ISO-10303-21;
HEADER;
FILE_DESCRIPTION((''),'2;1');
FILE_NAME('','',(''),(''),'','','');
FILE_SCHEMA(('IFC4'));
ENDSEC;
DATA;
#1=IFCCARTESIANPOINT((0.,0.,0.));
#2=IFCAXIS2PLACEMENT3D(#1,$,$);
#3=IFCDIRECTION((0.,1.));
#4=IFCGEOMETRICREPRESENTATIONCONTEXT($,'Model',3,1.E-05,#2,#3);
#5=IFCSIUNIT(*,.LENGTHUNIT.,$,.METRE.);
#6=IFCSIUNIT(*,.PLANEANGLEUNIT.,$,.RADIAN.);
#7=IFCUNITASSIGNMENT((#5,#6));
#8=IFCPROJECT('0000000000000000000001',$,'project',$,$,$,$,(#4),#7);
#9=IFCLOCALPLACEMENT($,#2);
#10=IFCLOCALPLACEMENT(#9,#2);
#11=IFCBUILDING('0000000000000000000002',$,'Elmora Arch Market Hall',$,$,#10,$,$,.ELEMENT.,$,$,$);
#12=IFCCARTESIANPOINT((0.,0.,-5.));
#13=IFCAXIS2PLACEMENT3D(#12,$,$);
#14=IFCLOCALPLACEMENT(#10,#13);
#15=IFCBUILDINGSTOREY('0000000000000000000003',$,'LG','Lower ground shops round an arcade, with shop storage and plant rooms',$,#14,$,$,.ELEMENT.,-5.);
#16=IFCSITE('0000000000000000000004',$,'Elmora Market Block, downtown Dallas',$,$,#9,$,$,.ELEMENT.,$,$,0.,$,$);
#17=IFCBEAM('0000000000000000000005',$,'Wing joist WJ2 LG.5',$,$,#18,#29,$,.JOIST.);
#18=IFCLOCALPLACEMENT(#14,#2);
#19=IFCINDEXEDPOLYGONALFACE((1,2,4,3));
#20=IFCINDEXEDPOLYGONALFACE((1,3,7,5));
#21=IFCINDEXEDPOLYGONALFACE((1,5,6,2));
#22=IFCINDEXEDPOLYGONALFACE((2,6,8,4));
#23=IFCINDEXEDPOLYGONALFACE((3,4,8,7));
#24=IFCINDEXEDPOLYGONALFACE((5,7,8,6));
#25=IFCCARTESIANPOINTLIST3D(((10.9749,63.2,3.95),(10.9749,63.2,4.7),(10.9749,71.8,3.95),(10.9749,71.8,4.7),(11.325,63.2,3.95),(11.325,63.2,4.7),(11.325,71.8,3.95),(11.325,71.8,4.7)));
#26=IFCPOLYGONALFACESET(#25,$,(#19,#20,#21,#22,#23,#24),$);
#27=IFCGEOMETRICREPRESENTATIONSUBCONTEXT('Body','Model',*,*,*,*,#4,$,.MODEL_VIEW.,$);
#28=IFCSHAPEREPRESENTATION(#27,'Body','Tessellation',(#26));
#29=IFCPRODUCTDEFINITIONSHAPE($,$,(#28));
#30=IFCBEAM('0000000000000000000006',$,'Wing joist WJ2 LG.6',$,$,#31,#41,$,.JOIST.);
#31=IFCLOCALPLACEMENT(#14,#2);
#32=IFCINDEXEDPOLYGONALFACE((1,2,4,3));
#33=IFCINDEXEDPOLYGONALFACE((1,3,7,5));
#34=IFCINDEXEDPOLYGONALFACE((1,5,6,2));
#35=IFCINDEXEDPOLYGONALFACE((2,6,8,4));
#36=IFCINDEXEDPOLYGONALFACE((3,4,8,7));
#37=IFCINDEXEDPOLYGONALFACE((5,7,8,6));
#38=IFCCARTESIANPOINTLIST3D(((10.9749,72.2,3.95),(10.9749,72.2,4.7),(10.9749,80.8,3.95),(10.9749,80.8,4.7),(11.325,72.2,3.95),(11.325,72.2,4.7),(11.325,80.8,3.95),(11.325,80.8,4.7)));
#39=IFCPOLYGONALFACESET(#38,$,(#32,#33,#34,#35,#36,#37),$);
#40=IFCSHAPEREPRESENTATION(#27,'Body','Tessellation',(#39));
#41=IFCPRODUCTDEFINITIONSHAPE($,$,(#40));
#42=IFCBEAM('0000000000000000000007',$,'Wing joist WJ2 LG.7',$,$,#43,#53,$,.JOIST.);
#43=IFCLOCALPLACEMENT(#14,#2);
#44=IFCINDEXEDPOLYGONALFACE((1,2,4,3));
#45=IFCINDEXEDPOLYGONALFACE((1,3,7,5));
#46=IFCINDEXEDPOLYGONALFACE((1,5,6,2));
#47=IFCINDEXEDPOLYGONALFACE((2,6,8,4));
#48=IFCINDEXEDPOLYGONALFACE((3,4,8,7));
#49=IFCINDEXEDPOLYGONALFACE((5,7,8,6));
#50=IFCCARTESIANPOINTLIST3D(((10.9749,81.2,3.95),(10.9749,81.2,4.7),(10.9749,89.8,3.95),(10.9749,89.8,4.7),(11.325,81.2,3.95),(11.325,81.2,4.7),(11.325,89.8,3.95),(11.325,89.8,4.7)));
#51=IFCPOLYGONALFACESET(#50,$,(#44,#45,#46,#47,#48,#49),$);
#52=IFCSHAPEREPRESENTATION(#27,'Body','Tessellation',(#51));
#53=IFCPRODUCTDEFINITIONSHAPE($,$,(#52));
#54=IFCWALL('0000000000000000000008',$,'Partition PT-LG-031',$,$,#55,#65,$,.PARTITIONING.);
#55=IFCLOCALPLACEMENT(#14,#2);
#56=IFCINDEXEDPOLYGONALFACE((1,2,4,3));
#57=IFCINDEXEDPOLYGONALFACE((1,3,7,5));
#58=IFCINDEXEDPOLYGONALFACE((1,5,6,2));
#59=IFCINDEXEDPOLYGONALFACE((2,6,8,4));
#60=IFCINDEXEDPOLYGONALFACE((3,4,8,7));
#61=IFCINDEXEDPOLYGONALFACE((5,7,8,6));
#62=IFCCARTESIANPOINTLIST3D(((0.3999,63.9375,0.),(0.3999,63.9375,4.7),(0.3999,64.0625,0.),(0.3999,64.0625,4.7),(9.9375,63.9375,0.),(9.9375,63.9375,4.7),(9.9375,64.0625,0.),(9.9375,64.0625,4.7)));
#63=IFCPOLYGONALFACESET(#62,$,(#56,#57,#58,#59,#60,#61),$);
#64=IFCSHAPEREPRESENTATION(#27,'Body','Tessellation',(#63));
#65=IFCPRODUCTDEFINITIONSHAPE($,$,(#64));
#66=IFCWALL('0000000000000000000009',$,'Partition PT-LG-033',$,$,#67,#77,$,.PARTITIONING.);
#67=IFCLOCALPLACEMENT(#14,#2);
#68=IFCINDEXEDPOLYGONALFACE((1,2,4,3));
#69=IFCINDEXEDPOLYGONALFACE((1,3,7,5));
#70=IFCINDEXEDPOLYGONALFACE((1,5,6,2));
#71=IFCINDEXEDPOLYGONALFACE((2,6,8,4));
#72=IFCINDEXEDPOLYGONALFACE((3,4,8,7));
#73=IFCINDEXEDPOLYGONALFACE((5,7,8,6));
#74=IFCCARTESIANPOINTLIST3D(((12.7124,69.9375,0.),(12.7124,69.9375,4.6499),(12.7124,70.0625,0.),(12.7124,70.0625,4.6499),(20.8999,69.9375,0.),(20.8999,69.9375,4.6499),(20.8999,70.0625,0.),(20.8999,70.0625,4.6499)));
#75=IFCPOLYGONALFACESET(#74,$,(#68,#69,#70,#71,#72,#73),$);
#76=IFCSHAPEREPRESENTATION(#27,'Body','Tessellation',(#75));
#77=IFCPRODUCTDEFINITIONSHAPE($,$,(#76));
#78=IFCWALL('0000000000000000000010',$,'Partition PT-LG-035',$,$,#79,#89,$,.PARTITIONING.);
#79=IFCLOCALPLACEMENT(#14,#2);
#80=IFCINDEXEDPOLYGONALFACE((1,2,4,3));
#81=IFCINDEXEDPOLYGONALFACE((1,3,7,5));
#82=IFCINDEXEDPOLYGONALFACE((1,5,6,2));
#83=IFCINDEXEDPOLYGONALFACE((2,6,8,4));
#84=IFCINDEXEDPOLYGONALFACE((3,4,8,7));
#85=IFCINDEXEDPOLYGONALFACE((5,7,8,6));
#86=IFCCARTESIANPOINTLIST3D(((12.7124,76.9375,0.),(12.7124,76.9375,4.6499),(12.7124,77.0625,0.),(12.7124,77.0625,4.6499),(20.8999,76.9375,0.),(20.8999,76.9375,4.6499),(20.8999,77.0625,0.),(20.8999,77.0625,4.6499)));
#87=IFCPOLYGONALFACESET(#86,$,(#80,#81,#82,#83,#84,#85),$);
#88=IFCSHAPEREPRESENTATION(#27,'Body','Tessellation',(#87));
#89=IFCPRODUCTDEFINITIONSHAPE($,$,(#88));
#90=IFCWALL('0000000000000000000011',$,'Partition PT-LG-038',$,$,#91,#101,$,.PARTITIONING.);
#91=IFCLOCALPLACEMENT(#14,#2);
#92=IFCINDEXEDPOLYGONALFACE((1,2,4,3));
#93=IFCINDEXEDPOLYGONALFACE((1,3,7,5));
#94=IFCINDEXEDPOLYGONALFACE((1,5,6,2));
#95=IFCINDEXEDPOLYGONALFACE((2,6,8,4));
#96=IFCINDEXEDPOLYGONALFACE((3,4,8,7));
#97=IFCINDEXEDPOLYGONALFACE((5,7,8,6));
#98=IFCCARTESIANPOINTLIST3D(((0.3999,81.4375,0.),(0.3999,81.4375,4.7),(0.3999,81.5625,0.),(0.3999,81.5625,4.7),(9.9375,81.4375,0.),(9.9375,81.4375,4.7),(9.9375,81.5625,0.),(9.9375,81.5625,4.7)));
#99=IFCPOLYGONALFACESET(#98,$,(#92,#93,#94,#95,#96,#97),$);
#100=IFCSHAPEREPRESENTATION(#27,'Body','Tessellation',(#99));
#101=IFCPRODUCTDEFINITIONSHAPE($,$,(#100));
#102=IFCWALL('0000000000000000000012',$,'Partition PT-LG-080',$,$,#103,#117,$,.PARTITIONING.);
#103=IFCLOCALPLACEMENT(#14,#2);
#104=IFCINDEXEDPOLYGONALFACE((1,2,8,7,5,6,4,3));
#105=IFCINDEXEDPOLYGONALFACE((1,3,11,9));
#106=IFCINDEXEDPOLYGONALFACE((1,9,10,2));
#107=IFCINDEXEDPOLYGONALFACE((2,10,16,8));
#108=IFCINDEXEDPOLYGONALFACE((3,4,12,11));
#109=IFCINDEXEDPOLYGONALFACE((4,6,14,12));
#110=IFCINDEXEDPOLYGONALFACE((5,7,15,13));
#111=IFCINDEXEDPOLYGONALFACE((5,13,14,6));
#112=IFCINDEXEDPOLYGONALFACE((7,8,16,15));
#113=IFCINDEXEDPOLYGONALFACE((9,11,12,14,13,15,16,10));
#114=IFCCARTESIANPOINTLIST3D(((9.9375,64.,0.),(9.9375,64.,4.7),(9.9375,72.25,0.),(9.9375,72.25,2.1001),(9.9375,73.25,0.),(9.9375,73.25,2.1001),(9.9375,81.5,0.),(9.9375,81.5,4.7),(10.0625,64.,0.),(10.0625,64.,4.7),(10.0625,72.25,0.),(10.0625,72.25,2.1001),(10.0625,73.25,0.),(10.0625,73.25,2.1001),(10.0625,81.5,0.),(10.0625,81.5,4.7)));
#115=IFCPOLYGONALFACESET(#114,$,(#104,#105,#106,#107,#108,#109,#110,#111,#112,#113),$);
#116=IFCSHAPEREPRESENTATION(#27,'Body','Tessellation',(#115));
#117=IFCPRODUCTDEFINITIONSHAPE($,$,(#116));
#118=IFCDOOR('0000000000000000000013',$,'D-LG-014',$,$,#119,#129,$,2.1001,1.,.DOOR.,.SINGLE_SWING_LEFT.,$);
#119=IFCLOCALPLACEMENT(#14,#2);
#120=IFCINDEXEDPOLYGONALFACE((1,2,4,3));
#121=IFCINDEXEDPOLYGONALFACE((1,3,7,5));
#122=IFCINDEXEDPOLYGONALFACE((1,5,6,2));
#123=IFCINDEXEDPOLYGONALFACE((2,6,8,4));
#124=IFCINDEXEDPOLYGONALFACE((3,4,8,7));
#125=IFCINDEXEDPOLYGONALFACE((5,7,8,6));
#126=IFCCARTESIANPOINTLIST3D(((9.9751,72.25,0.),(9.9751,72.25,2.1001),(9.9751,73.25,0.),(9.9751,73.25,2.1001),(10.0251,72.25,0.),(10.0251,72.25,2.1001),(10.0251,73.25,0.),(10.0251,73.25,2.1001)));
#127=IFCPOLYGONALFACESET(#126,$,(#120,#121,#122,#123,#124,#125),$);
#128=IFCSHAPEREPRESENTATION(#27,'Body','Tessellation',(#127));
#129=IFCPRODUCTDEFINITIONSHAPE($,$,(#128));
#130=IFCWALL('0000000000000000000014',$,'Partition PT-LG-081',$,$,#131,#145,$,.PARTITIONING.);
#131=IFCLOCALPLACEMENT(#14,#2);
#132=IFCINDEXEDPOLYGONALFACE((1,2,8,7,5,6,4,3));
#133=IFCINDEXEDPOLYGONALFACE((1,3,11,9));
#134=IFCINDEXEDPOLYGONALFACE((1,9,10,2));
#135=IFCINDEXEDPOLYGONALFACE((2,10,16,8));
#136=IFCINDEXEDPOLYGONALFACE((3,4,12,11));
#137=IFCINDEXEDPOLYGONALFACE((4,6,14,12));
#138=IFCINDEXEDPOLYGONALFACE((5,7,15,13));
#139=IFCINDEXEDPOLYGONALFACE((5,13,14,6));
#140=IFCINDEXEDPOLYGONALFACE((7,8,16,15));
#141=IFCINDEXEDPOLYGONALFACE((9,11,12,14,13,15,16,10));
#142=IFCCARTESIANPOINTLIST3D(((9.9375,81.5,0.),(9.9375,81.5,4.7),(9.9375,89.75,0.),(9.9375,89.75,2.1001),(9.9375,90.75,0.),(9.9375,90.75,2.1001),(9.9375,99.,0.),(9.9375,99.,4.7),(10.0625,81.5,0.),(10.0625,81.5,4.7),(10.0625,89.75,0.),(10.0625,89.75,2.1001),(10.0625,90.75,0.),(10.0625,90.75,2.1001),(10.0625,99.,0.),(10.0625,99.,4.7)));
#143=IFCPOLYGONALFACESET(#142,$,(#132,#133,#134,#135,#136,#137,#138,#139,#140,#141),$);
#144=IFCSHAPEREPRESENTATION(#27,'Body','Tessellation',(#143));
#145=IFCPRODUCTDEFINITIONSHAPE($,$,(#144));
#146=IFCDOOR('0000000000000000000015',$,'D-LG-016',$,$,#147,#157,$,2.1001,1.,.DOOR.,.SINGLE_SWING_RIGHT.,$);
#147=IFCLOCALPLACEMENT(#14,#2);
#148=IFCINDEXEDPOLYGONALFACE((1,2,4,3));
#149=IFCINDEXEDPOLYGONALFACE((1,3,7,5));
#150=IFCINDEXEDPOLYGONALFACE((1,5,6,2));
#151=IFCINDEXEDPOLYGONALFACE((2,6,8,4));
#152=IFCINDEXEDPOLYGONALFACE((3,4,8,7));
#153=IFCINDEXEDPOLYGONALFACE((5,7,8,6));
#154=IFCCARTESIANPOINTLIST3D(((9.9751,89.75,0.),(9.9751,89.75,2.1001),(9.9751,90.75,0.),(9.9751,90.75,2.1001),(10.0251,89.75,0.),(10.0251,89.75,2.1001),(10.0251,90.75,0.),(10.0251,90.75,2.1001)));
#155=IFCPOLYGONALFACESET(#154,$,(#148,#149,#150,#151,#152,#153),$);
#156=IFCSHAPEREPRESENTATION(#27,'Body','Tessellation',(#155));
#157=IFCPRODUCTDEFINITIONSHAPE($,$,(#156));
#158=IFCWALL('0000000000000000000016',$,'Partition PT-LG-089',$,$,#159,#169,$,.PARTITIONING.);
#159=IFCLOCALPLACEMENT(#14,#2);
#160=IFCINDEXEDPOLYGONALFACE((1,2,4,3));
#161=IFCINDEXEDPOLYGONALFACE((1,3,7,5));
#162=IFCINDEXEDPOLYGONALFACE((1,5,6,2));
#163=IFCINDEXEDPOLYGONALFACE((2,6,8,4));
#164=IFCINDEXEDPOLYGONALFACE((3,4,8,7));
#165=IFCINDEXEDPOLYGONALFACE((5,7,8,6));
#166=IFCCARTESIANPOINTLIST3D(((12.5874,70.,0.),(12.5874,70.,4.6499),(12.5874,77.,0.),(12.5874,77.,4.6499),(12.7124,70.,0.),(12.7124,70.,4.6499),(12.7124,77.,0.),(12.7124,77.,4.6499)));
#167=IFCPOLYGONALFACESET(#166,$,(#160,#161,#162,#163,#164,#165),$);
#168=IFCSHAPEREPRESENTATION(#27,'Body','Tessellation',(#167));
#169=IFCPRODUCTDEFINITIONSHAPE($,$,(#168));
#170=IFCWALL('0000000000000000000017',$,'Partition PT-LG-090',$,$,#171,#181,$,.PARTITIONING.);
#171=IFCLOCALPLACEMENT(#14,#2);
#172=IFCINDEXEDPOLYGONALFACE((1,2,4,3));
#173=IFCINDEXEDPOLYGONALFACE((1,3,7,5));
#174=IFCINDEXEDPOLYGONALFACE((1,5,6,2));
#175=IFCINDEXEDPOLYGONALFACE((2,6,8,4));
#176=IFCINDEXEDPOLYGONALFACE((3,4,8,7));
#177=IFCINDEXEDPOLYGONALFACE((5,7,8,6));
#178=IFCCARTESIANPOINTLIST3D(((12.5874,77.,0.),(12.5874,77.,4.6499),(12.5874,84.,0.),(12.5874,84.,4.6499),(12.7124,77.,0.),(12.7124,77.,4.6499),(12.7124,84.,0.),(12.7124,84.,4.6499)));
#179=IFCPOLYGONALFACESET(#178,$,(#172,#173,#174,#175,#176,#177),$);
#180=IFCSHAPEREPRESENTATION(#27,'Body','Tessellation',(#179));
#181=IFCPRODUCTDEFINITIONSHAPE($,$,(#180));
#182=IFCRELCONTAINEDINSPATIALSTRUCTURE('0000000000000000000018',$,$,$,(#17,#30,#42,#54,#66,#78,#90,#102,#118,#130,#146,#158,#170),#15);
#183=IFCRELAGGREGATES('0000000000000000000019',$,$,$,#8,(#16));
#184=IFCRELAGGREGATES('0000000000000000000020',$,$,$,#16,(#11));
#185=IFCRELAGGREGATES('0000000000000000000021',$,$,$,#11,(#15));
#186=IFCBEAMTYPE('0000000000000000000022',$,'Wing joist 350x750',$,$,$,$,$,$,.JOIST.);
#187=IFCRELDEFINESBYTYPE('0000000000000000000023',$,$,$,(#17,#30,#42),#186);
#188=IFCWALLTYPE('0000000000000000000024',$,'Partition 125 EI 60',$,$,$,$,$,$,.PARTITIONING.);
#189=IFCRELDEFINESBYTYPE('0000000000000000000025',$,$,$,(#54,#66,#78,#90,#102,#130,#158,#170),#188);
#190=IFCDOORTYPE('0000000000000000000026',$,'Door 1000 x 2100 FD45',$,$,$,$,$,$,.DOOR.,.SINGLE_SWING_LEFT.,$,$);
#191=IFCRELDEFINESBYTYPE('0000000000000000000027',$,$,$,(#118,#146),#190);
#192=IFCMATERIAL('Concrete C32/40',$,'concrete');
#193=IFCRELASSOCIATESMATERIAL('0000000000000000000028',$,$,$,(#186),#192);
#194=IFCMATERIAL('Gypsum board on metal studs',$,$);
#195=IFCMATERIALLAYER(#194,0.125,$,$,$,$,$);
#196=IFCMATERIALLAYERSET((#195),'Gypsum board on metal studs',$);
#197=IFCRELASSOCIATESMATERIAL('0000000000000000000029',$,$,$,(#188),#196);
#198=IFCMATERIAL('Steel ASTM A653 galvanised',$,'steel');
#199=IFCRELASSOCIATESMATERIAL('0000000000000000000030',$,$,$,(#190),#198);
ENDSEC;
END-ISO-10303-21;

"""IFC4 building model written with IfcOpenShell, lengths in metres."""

from ifc_helpers import new_model, si_unit, direction, frame, frame_2d, origin, origin_2d, place, context, subcontext, project, spatial, rectangle, extrude, material, layer, layer_set, material_profile, profile_set, type_object, element, fill, save


model = new_model("IFC4")

# Units and contexts
model_context = context("Model", 3, precision=1e-05, world=origin(), true_north=direction((0.0, 1.0)))
body_context = subcontext(model_context, "Body", "Model", "MODEL_VIEW")
ifc_project = project(units=[si_unit("LENGTHUNIT", "METRE"), si_unit("PLANEANGLEUNIT", "RADIAN")], contexts=[model_context])

# Site, building, storey
site_placement = place(None, origin())
site = spatial("IfcSite", under=ifc_project, at=site_placement, Name="Elmora Market Block, downtown Dallas", CompositionType="ELEMENT", RefElevation=0.0)
building_placement = place(site_placement, origin())
building = spatial("IfcBuilding", under=site, at=building_placement, Name="Elmora Arch Market Hall", CompositionType="ELEMENT")
storey_placement = place(building_placement, frame((0.0, 0.0, -5.0)))
storey = spatial("IfcBuildingStorey", under=building, at=storey_placement, Name="LG", Description="Lower ground shops round an arcade, with shop storage and plant rooms", CompositionType="ELEMENT", Elevation=-5.0)

# Beams
ifc_material_1 = material(Name="Concrete C32/40", Category="concrete")
ifc_material_profile_1 = material_profile(ifc_material_1, rectangle(XDim=0.3501, YDim=0.75, at=origin_2d()), Name="Wing joist 350x750")
ifc_profile_set_1 = profile_set([ifc_material_profile_1], Name="Concrete C32/40")
beam_type_1 = type_object("IfcBeamType", Name="Wing joist 350x750", PredefinedType="JOIST", material=ifc_profile_set_1)
for number, where, z_axis, x_axis, name in (
    (1, (11.1499, 63.2, 4.325), (0.0, 1.0, 0.0), (-1.0, 0.0, 0.0), "Wing joist WJ2 LG.5"),
    (2, (11.1499, 72.2, 4.325), (0.0, 1.0, 0.0), (-1.0, 0.0, 0.0), "Wing joist WJ2 LG.6"),
    (3, (11.1499, 81.2, 4.325), (0.0, 1.0, 0.0), (-1.0, 0.0, 0.0), "Wing joist WJ2 LG.7"),
):
    element("IfcBeam", number, at=place(storey_placement, frame(where, z_axis=z_axis, x_axis=x_axis)), inside=storey, type_object=beam_type_1, Name=name, PredefinedType="JOIST", context=body_context, shape_type="SweptSolid", body=[
        extrude(rectangle(XDim=0.3501, YDim=0.75, at=origin_2d()), origin(), (0.0, 0.0, 1.0), 8.6001),
    ])

# Walls
ifc_material_2 = material(Name="Gypsum board on metal studs")
ifc_layer = layer(ifc_material_2, 0.125)
ifc_layer_set = layer_set([ifc_layer], Name="Gypsum board on metal studs")
wall_type = type_object("IfcWallType", Name="Partition 125 EI 60", PredefinedType="PARTITIONING", material=ifc_layer_set)
wall_1_placement = place(storey_placement, frame((0.3999, 64.0, 0.0), z_axis=(0.0, 0.0, 1.0), x_axis=(1.0, 0.0, 0.0)))
element("IfcWall", 4, at=wall_1_placement, inside=storey, type_object=wall_type, Name="Partition PT-LG-031", PredefinedType="PARTITIONING", context=body_context, shape_type="SweptSolid", body=[
    extrude(rectangle(XDim=9.5376, YDim=0.125, at=frame_2d((4.7688, 0.0))), origin(), (0.0, 0.0, 1.0), 4.7),
])
for number, where, z_axis, x_axis, name in (
    (5, (12.7124, 70.0, 0.0), (0.0, 0.0, 1.0), (1.0, 0.0, 0.0), "Partition PT-LG-033"),
    (6, (12.7124, 77.0, 0.0), (0.0, 0.0, 1.0), (1.0, 0.0, 0.0), "Partition PT-LG-035"),
):
    element("IfcWall", number, at=place(storey_placement, frame(where, z_axis=z_axis, x_axis=x_axis)), inside=storey, type_object=wall_type, Name=name, PredefinedType="PARTITIONING", context=body_context, shape_type="SweptSolid", body=[
        extrude(rectangle(XDim=8.1875, YDim=0.125, at=frame_2d((4.0938, 0.0))), origin(), (0.0, 0.0, 1.0), 4.6499),
    ])
wall_2_placement = place(storey_placement, frame((0.3999, 81.5, 0.0), z_axis=(0.0, 0.0, 1.0), x_axis=(1.0, 0.0, 0.0)))
element("IfcWall", 7, at=wall_2_placement, inside=storey, type_object=wall_type, Name="Partition PT-LG-038", PredefinedType="PARTITIONING", context=body_context, shape_type="SweptSolid", body=[
    extrude(rectangle(XDim=9.5376, YDim=0.125, at=frame_2d((4.7688, 0.0))), origin(), (0.0, 0.0, 1.0), 4.7),
])

# Walls, openings, doors
wall_3_placement = place(storey_placement, frame((10.0, 64.0, 0.0), z_axis=(0.0, 0.0, 1.0), x_axis=(0.0, 1.0, 0.0)))
wall_3 = element("IfcWall", 8, at=wall_3_placement, inside=storey, type_object=wall_type, Name="Partition PT-LG-080", PredefinedType="PARTITIONING", context=body_context, shape_type="SweptSolid", body=[
    extrude(rectangle(XDim=17.5, YDim=0.125, at=frame_2d((8.75, 0.0))), origin(), (0.0, 0.0, 1.0), 4.7),
])
opening_1_placement = place(wall_3_placement, frame((8.25, 0.0, 0.0)))
opening_1 = element("IfcOpeningElement", 9, at=opening_1_placement, cuts=wall_3, PredefinedType="OPENING", context=body_context, shape_type="SweptSolid", body=[
    extrude(rectangle(XDim=1.0, YDim=2.1001, at=frame_2d((0.5, 1.05))), frame((0.0, 0.0725, 0.0), z_axis=(0.0, -1.0, 0.0), x_axis=(1.0, 0.0, 0.0)), (0.0, 0.0, 1.0), 0.145),
])
ifc_material_3 = material(Name="Steel ASTM A653 galvanised", Category="steel")
door_type = type_object("IfcDoorType", Name="Door 1000 x 2100 FD45", OperationType="SINGLE_SWING_LEFT", PredefinedType="DOOR", material=ifc_material_3)
door_1_placement = place(opening_1_placement, origin())
door_1 = element("IfcDoor", 10, at=door_1_placement, inside=storey, type_object=door_type, Name="D-LG-014", OperationType="SINGLE_SWING_LEFT", OverallHeight=2.1001, OverallWidth=1.0, PredefinedType="DOOR", context=body_context, shape_type="SweptSolid", body=[
    extrude(rectangle(XDim=1.0, YDim=2.1001, at=frame_2d((0.5, 1.05))), frame((0.0, 0.0249, 0.0), z_axis=(0.0, -1.0, 0.0), x_axis=(1.0, 0.0, 0.0)), (0.0, 0.0, 1.0), 0.05),
])
fill(opening_1, door_1)
wall_4_placement = place(storey_placement, frame((10.0, 81.5, 0.0), z_axis=(0.0, 0.0, 1.0), x_axis=(0.0, 1.0, 0.0)))
wall_4 = element("IfcWall", 11, at=wall_4_placement, inside=storey, type_object=wall_type, Name="Partition PT-LG-081", PredefinedType="PARTITIONING", context=body_context, shape_type="SweptSolid", body=[
    extrude(rectangle(XDim=17.5, YDim=0.125, at=frame_2d((8.75, 0.0))), origin(), (0.0, 0.0, 1.0), 4.7),
])
opening_2_placement = place(wall_4_placement, frame((8.25, 0.0, 0.0)))
opening_2 = element("IfcOpeningElement", 12, at=opening_2_placement, cuts=wall_4, PredefinedType="OPENING", context=body_context, shape_type="SweptSolid", body=[
    extrude(rectangle(XDim=1.0, YDim=2.1001, at=frame_2d((0.5, 1.05))), frame((0.0, 0.0725, 0.0), z_axis=(0.0, -1.0, 0.0), x_axis=(1.0, 0.0, 0.0)), (0.0, 0.0, 1.0), 0.145),
])
door_2_placement = place(opening_2_placement, origin())
door_2 = element("IfcDoor", 13, at=door_2_placement, inside=storey, type_object=door_type, Name="D-LG-016", OperationType="SINGLE_SWING_RIGHT", OverallHeight=2.1001, OverallWidth=1.0, PredefinedType="DOOR", context=body_context, shape_type="SweptSolid", body=[
    extrude(rectangle(XDim=1.0, YDim=2.1001, at=frame_2d((0.5, 1.05))), frame((0.0, 0.0249, 0.0), z_axis=(0.0, -1.0, 0.0), x_axis=(1.0, 0.0, 0.0)), (0.0, 0.0, 1.0), 0.05),
])
fill(opening_2, door_2)

# Walls
for number, where, z_axis, x_axis, name in (
    (14, (12.6499, 70.0, 0.0), (0.0, 0.0, 1.0), (0.0, 1.0, 0.0), "Partition PT-LG-089"),
    (15, (12.6499, 77.0, 0.0), (0.0, 0.0, 1.0), (0.0, 1.0, 0.0), "Partition PT-LG-090"),
):
    element("IfcWall", number, at=place(storey_placement, frame(where, z_axis=z_axis, x_axis=x_axis)), inside=storey, type_object=wall_type, Name=name, PredefinedType="PARTITIONING", context=body_context, shape_type="SweptSolid", body=[
        extrude(rectangle(XDim=7.0, YDim=0.125, at=frame_2d((3.5, 0.0))), origin(), (0.0, 0.0, 1.0), 4.6499),
    ])

save(model, "model.ifc")
